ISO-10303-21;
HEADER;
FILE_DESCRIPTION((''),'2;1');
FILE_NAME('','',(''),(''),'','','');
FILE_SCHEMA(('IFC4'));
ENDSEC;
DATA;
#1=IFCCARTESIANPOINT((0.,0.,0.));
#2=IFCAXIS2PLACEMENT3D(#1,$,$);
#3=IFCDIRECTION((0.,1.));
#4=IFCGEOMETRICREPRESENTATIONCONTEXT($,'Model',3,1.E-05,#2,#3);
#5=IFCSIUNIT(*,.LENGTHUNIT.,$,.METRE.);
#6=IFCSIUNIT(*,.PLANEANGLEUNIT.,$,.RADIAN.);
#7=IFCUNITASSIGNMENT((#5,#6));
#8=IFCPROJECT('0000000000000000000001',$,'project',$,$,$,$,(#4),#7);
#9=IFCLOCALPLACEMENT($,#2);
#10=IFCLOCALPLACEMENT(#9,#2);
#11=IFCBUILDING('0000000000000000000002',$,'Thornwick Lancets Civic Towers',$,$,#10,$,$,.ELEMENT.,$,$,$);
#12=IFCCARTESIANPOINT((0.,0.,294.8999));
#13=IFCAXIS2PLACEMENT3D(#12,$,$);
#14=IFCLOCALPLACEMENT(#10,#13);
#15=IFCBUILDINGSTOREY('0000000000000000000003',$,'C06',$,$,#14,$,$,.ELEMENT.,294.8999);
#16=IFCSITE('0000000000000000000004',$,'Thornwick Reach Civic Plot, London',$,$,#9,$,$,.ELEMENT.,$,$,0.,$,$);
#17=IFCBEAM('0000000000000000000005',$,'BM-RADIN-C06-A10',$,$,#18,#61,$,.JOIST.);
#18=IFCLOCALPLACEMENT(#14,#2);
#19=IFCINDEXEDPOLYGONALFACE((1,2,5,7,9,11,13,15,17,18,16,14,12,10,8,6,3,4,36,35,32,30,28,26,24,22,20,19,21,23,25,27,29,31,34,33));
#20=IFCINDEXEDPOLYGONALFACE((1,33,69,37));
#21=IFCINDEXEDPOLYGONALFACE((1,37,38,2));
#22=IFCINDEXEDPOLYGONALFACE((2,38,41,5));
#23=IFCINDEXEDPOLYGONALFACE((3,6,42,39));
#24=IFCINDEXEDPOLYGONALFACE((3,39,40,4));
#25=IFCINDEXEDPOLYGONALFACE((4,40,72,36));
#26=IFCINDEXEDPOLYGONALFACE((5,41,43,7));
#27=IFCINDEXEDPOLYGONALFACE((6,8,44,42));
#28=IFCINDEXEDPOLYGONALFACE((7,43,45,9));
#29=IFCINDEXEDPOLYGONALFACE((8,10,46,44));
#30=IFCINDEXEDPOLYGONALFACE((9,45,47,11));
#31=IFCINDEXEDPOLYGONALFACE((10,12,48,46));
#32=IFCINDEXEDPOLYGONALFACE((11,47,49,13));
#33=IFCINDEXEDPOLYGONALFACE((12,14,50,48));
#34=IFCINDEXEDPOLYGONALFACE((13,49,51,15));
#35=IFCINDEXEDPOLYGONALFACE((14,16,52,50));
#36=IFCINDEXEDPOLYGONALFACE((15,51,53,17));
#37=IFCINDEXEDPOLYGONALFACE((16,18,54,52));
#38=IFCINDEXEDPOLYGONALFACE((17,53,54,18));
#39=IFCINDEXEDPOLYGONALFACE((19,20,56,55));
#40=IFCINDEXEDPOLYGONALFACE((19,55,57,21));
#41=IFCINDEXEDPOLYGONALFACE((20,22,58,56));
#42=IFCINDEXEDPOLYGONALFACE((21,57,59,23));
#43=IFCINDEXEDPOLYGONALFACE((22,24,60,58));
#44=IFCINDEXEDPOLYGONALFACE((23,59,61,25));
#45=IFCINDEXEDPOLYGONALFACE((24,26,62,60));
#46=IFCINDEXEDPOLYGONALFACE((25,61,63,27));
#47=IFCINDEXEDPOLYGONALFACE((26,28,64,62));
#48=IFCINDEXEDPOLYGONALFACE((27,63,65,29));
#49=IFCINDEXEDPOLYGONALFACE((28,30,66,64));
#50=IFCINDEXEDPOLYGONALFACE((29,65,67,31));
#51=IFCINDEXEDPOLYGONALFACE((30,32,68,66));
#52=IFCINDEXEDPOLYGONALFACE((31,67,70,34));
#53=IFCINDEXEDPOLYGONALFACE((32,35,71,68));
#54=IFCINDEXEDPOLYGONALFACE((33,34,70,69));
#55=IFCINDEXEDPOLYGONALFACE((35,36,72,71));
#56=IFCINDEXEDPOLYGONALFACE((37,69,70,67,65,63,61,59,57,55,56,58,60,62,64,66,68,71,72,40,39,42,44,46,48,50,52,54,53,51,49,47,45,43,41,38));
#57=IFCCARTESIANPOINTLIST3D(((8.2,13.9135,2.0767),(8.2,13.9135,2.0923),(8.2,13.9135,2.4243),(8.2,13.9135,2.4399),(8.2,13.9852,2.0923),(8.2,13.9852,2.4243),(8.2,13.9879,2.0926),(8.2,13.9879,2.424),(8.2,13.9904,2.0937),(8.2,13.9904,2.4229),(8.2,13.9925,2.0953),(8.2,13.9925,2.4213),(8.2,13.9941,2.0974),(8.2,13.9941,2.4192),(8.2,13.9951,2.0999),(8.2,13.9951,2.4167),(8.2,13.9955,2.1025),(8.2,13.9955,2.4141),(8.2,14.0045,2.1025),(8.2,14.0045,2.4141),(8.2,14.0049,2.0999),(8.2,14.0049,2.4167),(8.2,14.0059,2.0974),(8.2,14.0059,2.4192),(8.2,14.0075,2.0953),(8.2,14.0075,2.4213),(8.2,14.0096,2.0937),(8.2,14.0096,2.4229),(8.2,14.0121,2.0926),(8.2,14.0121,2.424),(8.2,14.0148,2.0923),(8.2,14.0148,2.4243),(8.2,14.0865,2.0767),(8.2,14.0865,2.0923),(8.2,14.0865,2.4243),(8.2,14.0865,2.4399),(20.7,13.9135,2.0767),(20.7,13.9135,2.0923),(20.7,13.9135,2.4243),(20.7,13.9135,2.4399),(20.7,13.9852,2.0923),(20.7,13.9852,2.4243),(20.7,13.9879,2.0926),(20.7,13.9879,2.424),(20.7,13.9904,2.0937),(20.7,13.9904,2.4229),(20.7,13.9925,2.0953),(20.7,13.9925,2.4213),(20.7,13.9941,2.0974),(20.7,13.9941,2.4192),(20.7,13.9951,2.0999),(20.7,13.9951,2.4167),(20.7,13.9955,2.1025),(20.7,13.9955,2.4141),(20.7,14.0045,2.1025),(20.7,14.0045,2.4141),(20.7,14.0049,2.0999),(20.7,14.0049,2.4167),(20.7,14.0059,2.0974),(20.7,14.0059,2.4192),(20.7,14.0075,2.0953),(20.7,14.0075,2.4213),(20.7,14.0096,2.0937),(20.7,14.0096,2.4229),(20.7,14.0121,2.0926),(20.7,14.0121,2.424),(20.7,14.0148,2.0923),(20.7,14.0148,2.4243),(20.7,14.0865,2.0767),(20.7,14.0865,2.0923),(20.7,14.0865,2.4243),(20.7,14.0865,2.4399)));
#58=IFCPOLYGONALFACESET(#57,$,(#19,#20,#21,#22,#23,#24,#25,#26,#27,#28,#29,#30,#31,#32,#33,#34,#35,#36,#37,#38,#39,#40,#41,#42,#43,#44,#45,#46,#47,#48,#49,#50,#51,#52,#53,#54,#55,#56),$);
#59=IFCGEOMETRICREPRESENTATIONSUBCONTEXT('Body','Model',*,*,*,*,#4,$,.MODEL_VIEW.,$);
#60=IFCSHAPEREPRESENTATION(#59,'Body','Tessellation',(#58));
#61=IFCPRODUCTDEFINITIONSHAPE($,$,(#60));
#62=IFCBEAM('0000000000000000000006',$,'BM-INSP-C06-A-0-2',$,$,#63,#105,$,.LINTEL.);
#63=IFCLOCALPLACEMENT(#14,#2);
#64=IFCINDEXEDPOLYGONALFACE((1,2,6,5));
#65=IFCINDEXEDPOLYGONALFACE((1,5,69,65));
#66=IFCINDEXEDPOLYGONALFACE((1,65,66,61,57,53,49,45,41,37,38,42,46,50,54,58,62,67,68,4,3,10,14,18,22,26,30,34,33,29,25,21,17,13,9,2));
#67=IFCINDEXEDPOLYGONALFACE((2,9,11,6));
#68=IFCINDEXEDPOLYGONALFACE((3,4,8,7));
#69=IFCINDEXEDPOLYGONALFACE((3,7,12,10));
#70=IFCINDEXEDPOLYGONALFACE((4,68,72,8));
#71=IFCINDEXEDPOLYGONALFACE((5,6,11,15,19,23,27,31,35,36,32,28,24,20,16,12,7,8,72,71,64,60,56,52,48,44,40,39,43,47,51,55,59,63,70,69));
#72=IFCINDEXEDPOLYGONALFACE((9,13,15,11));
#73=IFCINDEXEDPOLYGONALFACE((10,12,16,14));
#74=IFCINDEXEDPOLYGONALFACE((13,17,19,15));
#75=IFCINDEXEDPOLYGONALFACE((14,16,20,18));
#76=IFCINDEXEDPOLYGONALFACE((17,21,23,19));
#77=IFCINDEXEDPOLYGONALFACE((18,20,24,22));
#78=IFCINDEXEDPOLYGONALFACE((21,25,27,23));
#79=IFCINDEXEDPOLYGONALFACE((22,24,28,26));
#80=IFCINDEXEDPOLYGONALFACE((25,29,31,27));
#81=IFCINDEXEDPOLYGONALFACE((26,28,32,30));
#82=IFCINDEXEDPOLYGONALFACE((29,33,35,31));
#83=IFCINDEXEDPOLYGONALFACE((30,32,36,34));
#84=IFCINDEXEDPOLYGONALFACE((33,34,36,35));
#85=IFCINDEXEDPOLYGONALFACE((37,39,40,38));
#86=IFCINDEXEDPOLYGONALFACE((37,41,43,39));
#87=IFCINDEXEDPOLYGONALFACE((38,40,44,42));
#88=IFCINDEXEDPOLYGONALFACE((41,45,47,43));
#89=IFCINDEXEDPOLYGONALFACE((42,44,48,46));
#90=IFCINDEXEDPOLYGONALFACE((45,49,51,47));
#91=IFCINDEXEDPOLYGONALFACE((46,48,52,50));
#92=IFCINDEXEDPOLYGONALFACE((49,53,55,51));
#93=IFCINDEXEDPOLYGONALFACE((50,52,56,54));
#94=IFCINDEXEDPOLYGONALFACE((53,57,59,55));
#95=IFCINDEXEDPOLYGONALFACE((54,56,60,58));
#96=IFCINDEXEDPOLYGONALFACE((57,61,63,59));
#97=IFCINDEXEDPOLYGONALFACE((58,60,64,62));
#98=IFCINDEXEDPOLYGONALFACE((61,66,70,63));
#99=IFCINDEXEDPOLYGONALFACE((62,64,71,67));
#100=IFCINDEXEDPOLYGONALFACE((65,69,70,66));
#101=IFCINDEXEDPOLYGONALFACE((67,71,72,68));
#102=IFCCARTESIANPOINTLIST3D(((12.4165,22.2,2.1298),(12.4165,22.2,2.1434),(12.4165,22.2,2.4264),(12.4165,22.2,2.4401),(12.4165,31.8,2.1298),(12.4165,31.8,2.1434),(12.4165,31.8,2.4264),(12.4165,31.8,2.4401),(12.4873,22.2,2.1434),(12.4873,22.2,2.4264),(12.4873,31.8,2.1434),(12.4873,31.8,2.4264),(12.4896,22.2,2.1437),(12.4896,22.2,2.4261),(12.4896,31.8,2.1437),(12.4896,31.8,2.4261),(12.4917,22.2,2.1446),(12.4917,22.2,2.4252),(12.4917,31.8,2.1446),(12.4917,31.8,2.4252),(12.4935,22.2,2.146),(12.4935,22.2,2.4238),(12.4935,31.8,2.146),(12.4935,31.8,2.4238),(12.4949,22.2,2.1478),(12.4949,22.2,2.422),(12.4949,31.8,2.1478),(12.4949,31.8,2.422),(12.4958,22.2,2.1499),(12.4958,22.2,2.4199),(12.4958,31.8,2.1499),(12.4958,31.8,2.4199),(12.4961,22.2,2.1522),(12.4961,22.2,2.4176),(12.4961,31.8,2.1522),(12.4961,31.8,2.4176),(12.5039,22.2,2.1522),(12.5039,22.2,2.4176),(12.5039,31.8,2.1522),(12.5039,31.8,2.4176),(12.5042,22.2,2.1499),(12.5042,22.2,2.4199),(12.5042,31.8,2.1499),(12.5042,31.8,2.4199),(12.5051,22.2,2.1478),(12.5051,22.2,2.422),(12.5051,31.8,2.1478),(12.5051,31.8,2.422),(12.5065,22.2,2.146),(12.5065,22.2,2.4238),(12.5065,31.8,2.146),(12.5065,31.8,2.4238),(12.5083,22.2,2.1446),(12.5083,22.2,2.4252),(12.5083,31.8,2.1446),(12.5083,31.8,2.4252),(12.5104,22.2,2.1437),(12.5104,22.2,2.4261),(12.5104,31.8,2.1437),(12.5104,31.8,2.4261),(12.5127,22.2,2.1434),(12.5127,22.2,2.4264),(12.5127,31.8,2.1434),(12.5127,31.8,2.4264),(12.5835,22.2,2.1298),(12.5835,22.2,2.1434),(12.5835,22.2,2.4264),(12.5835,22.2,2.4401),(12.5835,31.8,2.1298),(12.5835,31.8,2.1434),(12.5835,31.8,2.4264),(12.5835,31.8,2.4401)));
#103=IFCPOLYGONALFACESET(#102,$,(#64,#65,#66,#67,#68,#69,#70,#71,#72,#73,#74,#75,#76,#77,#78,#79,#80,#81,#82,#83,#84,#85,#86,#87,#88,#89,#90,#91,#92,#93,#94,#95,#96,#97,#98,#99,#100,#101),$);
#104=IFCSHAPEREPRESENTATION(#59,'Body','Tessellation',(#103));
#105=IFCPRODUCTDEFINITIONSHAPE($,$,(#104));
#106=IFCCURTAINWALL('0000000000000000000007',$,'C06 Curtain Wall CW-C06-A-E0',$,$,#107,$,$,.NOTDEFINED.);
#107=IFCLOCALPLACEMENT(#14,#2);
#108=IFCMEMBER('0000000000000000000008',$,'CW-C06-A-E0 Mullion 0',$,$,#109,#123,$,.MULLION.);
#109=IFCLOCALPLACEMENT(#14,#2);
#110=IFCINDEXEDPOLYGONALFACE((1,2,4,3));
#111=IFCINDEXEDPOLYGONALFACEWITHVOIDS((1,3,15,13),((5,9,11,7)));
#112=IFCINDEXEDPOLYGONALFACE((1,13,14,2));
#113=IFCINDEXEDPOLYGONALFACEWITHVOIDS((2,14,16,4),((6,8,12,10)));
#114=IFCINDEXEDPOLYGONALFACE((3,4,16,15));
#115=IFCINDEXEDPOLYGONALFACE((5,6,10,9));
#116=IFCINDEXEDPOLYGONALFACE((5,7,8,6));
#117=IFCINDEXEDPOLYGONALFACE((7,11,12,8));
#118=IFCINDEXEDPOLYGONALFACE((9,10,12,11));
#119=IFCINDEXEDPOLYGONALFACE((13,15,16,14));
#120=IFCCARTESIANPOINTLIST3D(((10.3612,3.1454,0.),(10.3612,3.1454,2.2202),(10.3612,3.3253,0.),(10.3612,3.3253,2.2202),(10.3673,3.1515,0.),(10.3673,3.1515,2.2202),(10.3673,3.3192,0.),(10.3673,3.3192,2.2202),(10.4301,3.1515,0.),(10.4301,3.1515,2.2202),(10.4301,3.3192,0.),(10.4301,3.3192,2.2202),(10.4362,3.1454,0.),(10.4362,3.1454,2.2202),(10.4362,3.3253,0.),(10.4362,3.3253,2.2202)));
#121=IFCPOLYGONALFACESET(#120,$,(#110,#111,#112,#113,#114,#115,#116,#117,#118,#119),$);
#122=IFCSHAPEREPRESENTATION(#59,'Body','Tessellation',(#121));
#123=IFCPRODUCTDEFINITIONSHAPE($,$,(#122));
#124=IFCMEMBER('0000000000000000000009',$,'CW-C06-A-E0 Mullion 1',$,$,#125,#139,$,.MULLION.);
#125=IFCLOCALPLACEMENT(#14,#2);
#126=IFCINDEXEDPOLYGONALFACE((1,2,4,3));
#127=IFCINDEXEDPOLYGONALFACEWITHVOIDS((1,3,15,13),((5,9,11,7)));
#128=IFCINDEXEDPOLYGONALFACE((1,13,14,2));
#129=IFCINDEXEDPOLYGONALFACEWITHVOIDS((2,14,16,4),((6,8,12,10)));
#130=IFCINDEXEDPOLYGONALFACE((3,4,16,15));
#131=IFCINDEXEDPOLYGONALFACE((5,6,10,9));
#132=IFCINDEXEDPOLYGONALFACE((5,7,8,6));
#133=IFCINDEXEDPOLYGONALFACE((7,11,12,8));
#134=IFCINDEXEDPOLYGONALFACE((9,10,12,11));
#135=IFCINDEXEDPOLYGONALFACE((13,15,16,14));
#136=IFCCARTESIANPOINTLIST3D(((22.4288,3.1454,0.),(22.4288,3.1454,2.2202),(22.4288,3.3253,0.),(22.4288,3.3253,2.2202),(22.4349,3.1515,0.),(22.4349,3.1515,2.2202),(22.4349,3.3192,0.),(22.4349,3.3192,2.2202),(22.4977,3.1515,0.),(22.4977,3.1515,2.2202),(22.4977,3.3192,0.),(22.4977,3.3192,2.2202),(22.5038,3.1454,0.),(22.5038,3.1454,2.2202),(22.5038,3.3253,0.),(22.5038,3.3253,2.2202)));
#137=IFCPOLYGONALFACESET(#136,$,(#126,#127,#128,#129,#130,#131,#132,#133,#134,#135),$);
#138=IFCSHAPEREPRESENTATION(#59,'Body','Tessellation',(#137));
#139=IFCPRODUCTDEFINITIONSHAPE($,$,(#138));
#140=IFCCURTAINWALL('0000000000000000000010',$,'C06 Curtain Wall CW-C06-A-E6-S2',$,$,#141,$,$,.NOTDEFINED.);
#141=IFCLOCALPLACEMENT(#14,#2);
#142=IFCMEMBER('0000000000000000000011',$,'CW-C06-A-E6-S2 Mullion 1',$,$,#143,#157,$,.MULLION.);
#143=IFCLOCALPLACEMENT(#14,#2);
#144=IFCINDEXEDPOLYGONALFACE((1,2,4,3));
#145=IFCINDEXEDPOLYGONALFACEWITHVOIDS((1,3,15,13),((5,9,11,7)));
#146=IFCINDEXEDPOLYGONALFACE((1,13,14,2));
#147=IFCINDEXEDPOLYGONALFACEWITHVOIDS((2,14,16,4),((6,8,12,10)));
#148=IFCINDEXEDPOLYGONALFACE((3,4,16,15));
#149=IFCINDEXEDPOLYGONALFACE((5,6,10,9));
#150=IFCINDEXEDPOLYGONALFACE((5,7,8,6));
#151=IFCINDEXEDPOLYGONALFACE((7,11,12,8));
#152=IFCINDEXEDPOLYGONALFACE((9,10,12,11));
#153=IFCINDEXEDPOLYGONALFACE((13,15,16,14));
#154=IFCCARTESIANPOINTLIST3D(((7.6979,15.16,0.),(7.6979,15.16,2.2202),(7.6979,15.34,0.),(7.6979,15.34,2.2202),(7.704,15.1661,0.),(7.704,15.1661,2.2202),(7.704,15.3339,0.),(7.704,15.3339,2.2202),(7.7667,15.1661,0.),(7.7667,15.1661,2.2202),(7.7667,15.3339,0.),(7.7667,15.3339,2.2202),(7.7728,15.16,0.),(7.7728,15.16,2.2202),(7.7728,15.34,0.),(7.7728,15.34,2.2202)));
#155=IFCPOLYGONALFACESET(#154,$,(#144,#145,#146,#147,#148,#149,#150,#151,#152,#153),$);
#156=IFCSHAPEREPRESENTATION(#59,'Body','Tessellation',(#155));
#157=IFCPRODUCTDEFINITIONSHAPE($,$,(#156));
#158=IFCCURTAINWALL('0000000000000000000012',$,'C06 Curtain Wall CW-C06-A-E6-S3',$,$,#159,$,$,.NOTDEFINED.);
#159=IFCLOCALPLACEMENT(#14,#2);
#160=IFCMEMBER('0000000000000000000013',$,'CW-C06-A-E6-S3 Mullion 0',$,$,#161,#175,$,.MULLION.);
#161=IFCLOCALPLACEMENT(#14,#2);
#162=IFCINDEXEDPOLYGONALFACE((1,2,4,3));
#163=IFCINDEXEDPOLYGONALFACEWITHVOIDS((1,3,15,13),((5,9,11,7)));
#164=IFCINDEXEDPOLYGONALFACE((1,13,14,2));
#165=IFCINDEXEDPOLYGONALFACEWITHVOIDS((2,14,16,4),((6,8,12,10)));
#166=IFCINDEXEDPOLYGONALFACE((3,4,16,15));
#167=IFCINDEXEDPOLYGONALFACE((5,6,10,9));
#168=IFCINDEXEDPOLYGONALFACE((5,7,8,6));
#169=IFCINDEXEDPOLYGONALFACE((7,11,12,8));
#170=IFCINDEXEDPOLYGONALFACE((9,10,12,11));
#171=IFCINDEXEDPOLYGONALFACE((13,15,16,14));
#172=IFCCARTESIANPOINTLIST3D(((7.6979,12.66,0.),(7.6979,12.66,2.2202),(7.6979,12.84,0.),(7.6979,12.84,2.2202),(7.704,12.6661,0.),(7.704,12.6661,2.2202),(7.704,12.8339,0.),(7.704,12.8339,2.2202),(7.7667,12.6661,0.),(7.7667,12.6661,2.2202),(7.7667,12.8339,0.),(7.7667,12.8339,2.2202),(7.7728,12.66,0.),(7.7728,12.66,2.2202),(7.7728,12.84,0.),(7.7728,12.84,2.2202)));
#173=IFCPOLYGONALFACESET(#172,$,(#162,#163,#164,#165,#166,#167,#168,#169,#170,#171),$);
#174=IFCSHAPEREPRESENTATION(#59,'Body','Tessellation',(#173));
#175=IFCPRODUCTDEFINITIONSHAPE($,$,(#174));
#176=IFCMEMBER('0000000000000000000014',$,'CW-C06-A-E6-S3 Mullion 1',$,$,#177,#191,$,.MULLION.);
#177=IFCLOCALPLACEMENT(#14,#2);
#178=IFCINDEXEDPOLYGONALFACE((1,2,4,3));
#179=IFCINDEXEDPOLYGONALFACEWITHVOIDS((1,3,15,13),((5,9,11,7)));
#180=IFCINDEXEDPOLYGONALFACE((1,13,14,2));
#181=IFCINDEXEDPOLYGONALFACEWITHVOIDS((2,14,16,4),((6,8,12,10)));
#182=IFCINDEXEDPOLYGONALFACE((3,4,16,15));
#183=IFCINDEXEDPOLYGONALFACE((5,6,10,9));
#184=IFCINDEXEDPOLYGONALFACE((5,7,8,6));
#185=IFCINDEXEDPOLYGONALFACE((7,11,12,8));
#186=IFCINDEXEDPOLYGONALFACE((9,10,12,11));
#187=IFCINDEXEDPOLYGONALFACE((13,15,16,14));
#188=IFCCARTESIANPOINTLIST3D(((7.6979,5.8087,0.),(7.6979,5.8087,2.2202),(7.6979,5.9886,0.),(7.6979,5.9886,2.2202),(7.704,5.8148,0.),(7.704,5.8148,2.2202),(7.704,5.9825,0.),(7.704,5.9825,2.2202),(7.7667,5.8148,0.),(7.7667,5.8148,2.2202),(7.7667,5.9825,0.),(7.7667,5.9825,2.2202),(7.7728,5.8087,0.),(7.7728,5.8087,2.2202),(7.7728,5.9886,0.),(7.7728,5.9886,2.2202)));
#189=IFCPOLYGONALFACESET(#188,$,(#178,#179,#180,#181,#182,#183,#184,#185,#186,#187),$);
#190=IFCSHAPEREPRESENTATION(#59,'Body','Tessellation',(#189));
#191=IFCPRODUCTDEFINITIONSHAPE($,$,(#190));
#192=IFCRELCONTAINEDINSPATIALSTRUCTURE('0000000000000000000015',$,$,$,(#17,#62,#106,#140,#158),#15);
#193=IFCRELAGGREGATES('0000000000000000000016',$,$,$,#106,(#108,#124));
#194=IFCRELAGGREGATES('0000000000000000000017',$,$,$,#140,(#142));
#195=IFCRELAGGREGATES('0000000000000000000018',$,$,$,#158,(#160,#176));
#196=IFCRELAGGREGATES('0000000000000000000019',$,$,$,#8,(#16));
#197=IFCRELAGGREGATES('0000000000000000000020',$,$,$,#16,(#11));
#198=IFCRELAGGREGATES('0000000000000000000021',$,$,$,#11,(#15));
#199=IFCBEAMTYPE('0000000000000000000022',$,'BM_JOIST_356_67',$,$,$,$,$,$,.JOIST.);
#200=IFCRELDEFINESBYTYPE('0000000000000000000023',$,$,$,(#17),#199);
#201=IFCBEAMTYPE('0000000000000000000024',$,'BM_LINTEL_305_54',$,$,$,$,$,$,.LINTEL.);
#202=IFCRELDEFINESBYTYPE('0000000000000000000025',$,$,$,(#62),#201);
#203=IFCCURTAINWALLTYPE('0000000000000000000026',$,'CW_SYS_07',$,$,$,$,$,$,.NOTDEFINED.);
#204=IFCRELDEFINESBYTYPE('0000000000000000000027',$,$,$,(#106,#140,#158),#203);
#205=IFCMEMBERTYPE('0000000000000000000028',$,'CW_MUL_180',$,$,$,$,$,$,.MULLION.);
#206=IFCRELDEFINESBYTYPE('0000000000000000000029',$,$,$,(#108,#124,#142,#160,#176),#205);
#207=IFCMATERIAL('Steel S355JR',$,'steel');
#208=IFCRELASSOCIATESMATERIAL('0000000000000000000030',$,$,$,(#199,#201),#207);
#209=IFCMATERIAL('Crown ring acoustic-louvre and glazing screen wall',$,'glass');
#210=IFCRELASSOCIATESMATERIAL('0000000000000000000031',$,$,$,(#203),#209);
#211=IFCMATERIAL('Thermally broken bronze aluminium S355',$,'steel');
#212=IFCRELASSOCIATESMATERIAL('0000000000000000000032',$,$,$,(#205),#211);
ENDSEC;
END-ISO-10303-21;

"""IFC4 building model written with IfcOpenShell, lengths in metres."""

from ifc_helpers import new_model, si_unit, direction, frame, origin, origin_2d, place, context, subcontext, project, spatial, hollow_rectangle, i_section, extrude, material, material_profile, profile_set, type_object, element, aggregate, save


model = new_model("IFC4")

# Units and contexts
model_context = context("Model", 3, precision=1e-05, world=origin(), true_north=direction((0.0, 1.0)))
body_context = subcontext(model_context, "Body", "Model", "MODEL_VIEW")
ifc_project = project(units=[si_unit("LENGTHUNIT", "METRE"), si_unit("PLANEANGLEUNIT", "RADIAN")], contexts=[model_context])

# Site, building, storey
site_placement = place(None, origin())
site = spatial("IfcSite", under=ifc_project, at=site_placement, Name="Thornwick Reach Civic Plot, London", CompositionType="ELEMENT", RefElevation=0.0)
building_placement = place(site_placement, origin())
building = spatial("IfcBuilding", under=site, at=building_placement, Name="Thornwick Lancets Civic Towers", CompositionType="ELEMENT")
storey_placement = place(building_placement, frame((0.0, 0.0, 294.8999)))
storey = spatial("IfcBuildingStorey", under=building, at=storey_placement, Name="C06", CompositionType="ELEMENT", Elevation=294.8999)

# Shared definitions
ifc_material_1 = material(Name="Steel S355JR", Category="steel")

# Beams
ifc_material_profile_1 = material_profile(ifc_material_1, i_section(OverallWidth=0.1731, OverallDepth=0.3633, WebThickness=0.009, FlangeThickness=0.0156, FilletRadius=0.0103, at=origin_2d()), Name="UKB 356x171x67")
ifc_profile_set_1 = profile_set([ifc_material_profile_1], Name="Steel S355JR")
beam_type_1 = type_object("IfcBeamType", Name="BM_JOIST_356_67", PredefinedType="JOIST", material=ifc_profile_set_1)
beam_1_placement = place(storey_placement, frame((20.7, 14.0, 2.2583), z_axis=(-1.0, 0.0, 0.0), x_axis=(0.0, -1.0, 0.0)))
element("IfcBeam", 1, at=beam_1_placement, inside=storey, type_object=beam_type_1, Name="BM-RADIN-C06-A10", PredefinedType="JOIST", context=body_context, shape_type="SweptSolid", body=[
    extrude(i_section(OverallWidth=0.1731, OverallDepth=0.3633, WebThickness=0.009, FlangeThickness=0.0156, FilletRadius=0.0103, at=origin_2d()), origin(), (0.0, 0.0, 1.0), 12.5),
])
ifc_material_profile_2 = material_profile(ifc_material_1, i_section(OverallWidth=0.167, OverallDepth=0.3103, WebThickness=0.0078, FlangeThickness=0.0137, FilletRadius=0.0088, at=origin_2d()), Name="UKB 305x165x54")
ifc_profile_set_2 = profile_set([ifc_material_profile_2], Name="Steel S355JR")
beam_type_2 = type_object("IfcBeamType", Name="BM_LINTEL_305_54", PredefinedType="LINTEL", material=ifc_profile_set_2)
beam_2_placement = place(storey_placement, frame((12.5, 22.2, 2.2849), z_axis=(0.0, 1.0, 0.0), x_axis=(-1.0, 0.0, 0.0)))
element("IfcBeam", 2, at=beam_2_placement, inside=storey, type_object=beam_type_2, Name="BM-INSP-C06-A-0-2", PredefinedType="LINTEL", context=body_context, shape_type="SweptSolid", body=[
    extrude(i_section(OverallWidth=0.167, OverallDepth=0.3103, WebThickness=0.0078, FlangeThickness=0.0137, FilletRadius=0.0088, at=origin_2d()), origin(), (0.0, 0.0, 1.0), 9.6001),
])

# Curtain wall, members
ifc_material_2 = material(Name="Crown ring acoustic-louvre and glazing screen wall", Category="glass")
curtain_wall_type = type_object("IfcCurtainWallType", Name="CW_SYS_07", PredefinedType="NOTDEFINED", material=ifc_material_2)
curtain_wall_1_placement = place(storey_placement, origin())
curtain_wall_1 = element("IfcCurtainWall", 3, at=curtain_wall_1_placement, inside=storey, type_object=curtain_wall_type, Name="C06 Curtain Wall CW-C06-A-E0", PredefinedType="NOTDEFINED")
ifc_material_3 = material(Name="Thermally broken bronze aluminium S355", Category="steel")
ifc_material_profile_3 = material_profile(ifc_material_3, hollow_rectangle(XDim=0.075, YDim=0.1799, WallThickness=0.0061, at=origin_2d()), Name="RHS 180x75x6")
ifc_profile_set_3 = profile_set([ifc_material_profile_3], Name="Thermally broken bronze aluminium S355")
member_type_1 = type_object("IfcMemberType", Name="CW_MUL_180", PredefinedType="MULLION", material=ifc_profile_set_3)
member_1_placement = place(storey_placement, frame((10.3987, 3.2354, 0.0), z_axis=(0.0, 0.0, 1.0), x_axis=(1.0, 0.0, 0.0)))
member_1 = element("IfcMember", 4, at=member_1_placement, type_object=member_type_1, Name="CW-C06-A-E0 Mullion 0", PredefinedType="MULLION", context=body_context, shape_type="SweptSolid", body=[
    extrude(hollow_rectangle(XDim=0.075, YDim=0.1799, WallThickness=0.0061, at=origin_2d()), origin(), (0.0, 0.0, 1.0), 2.2202),
])
member_2_placement = place(storey_placement, frame((22.4663, 3.2354, 0.0), z_axis=(0.0, 0.0, 1.0), x_axis=(1.0, 0.0, 0.0)))
member_2 = element("IfcMember", 5, at=member_2_placement, type_object=member_type_1, Name="CW-C06-A-E0 Mullion 1", PredefinedType="MULLION", context=body_context, shape_type="SweptSolid", body=[
    extrude(hollow_rectangle(XDim=0.075, YDim=0.1799, WallThickness=0.0061, at=origin_2d()), origin(), (0.0, 0.0, 1.0), 2.2202),
])

# Curtain wall, member
curtain_wall_2_placement = place(storey_placement, origin())
curtain_wall_2 = element("IfcCurtainWall", 6, at=curtain_wall_2_placement, inside=storey, type_object=curtain_wall_type, Name="C06 Curtain Wall CW-C06-A-E6-S2", PredefinedType="NOTDEFINED")
member_3_placement = place(storey_placement, frame((7.7354, 15.25, 0.0), z_axis=(0.0, 0.0, 1.0), x_axis=(1.0, 0.0, 0.0)))
member_3 = element("IfcMember", 7, at=member_3_placement, type_object=member_type_1, Name="CW-C06-A-E6-S2 Mullion 1", PredefinedType="MULLION", context=body_context, shape_type="SweptSolid", body=[
    extrude(hollow_rectangle(XDim=0.075, YDim=0.1799, WallThickness=0.0061, at=origin_2d()), origin(), (0.0, 0.0, 1.0), 2.2202),
])

# Curtain wall, members
curtain_wall_3_placement = place(storey_placement, origin())
curtain_wall_3 = element("IfcCurtainWall", 8, at=curtain_wall_3_placement, inside=storey, type_object=curtain_wall_type, Name="C06 Curtain Wall CW-C06-A-E6-S3", PredefinedType="NOTDEFINED")
member_4_placement = place(storey_placement, frame((7.7354, 12.75, 0.0), z_axis=(0.0, 0.0, 1.0), x_axis=(1.0, 0.0, 0.0)))
member_4 = element("IfcMember", 9, at=member_4_placement, type_object=member_type_1, Name="CW-C06-A-E6-S3 Mullion 0", PredefinedType="MULLION", context=body_context, shape_type="SweptSolid", body=[
    extrude(hollow_rectangle(XDim=0.075, YDim=0.1799, WallThickness=0.0061, at=origin_2d()), origin(), (0.0, 0.0, 1.0), 2.2202),
])
member_5_placement = place(storey_placement, frame((7.7354, 5.8987, 0.0), z_axis=(0.0, 0.0, 1.0), x_axis=(1.0, 0.0, 0.0)))
member_5 = element("IfcMember", 10, at=member_5_placement, type_object=member_type_1, Name="CW-C06-A-E6-S3 Mullion 1", PredefinedType="MULLION", context=body_context, shape_type="SweptSolid", body=[
    extrude(hollow_rectangle(XDim=0.075, YDim=0.1799, WallThickness=0.0061, at=origin_2d()), origin(), (0.0, 0.0, 1.0), 2.2202),
])

aggregate(curtain_wall_1, [member_1, member_2])
aggregate(curtain_wall_2, [member_3])
aggregate(curtain_wall_3, [member_4, member_5])

save(model, "model.ifc")
